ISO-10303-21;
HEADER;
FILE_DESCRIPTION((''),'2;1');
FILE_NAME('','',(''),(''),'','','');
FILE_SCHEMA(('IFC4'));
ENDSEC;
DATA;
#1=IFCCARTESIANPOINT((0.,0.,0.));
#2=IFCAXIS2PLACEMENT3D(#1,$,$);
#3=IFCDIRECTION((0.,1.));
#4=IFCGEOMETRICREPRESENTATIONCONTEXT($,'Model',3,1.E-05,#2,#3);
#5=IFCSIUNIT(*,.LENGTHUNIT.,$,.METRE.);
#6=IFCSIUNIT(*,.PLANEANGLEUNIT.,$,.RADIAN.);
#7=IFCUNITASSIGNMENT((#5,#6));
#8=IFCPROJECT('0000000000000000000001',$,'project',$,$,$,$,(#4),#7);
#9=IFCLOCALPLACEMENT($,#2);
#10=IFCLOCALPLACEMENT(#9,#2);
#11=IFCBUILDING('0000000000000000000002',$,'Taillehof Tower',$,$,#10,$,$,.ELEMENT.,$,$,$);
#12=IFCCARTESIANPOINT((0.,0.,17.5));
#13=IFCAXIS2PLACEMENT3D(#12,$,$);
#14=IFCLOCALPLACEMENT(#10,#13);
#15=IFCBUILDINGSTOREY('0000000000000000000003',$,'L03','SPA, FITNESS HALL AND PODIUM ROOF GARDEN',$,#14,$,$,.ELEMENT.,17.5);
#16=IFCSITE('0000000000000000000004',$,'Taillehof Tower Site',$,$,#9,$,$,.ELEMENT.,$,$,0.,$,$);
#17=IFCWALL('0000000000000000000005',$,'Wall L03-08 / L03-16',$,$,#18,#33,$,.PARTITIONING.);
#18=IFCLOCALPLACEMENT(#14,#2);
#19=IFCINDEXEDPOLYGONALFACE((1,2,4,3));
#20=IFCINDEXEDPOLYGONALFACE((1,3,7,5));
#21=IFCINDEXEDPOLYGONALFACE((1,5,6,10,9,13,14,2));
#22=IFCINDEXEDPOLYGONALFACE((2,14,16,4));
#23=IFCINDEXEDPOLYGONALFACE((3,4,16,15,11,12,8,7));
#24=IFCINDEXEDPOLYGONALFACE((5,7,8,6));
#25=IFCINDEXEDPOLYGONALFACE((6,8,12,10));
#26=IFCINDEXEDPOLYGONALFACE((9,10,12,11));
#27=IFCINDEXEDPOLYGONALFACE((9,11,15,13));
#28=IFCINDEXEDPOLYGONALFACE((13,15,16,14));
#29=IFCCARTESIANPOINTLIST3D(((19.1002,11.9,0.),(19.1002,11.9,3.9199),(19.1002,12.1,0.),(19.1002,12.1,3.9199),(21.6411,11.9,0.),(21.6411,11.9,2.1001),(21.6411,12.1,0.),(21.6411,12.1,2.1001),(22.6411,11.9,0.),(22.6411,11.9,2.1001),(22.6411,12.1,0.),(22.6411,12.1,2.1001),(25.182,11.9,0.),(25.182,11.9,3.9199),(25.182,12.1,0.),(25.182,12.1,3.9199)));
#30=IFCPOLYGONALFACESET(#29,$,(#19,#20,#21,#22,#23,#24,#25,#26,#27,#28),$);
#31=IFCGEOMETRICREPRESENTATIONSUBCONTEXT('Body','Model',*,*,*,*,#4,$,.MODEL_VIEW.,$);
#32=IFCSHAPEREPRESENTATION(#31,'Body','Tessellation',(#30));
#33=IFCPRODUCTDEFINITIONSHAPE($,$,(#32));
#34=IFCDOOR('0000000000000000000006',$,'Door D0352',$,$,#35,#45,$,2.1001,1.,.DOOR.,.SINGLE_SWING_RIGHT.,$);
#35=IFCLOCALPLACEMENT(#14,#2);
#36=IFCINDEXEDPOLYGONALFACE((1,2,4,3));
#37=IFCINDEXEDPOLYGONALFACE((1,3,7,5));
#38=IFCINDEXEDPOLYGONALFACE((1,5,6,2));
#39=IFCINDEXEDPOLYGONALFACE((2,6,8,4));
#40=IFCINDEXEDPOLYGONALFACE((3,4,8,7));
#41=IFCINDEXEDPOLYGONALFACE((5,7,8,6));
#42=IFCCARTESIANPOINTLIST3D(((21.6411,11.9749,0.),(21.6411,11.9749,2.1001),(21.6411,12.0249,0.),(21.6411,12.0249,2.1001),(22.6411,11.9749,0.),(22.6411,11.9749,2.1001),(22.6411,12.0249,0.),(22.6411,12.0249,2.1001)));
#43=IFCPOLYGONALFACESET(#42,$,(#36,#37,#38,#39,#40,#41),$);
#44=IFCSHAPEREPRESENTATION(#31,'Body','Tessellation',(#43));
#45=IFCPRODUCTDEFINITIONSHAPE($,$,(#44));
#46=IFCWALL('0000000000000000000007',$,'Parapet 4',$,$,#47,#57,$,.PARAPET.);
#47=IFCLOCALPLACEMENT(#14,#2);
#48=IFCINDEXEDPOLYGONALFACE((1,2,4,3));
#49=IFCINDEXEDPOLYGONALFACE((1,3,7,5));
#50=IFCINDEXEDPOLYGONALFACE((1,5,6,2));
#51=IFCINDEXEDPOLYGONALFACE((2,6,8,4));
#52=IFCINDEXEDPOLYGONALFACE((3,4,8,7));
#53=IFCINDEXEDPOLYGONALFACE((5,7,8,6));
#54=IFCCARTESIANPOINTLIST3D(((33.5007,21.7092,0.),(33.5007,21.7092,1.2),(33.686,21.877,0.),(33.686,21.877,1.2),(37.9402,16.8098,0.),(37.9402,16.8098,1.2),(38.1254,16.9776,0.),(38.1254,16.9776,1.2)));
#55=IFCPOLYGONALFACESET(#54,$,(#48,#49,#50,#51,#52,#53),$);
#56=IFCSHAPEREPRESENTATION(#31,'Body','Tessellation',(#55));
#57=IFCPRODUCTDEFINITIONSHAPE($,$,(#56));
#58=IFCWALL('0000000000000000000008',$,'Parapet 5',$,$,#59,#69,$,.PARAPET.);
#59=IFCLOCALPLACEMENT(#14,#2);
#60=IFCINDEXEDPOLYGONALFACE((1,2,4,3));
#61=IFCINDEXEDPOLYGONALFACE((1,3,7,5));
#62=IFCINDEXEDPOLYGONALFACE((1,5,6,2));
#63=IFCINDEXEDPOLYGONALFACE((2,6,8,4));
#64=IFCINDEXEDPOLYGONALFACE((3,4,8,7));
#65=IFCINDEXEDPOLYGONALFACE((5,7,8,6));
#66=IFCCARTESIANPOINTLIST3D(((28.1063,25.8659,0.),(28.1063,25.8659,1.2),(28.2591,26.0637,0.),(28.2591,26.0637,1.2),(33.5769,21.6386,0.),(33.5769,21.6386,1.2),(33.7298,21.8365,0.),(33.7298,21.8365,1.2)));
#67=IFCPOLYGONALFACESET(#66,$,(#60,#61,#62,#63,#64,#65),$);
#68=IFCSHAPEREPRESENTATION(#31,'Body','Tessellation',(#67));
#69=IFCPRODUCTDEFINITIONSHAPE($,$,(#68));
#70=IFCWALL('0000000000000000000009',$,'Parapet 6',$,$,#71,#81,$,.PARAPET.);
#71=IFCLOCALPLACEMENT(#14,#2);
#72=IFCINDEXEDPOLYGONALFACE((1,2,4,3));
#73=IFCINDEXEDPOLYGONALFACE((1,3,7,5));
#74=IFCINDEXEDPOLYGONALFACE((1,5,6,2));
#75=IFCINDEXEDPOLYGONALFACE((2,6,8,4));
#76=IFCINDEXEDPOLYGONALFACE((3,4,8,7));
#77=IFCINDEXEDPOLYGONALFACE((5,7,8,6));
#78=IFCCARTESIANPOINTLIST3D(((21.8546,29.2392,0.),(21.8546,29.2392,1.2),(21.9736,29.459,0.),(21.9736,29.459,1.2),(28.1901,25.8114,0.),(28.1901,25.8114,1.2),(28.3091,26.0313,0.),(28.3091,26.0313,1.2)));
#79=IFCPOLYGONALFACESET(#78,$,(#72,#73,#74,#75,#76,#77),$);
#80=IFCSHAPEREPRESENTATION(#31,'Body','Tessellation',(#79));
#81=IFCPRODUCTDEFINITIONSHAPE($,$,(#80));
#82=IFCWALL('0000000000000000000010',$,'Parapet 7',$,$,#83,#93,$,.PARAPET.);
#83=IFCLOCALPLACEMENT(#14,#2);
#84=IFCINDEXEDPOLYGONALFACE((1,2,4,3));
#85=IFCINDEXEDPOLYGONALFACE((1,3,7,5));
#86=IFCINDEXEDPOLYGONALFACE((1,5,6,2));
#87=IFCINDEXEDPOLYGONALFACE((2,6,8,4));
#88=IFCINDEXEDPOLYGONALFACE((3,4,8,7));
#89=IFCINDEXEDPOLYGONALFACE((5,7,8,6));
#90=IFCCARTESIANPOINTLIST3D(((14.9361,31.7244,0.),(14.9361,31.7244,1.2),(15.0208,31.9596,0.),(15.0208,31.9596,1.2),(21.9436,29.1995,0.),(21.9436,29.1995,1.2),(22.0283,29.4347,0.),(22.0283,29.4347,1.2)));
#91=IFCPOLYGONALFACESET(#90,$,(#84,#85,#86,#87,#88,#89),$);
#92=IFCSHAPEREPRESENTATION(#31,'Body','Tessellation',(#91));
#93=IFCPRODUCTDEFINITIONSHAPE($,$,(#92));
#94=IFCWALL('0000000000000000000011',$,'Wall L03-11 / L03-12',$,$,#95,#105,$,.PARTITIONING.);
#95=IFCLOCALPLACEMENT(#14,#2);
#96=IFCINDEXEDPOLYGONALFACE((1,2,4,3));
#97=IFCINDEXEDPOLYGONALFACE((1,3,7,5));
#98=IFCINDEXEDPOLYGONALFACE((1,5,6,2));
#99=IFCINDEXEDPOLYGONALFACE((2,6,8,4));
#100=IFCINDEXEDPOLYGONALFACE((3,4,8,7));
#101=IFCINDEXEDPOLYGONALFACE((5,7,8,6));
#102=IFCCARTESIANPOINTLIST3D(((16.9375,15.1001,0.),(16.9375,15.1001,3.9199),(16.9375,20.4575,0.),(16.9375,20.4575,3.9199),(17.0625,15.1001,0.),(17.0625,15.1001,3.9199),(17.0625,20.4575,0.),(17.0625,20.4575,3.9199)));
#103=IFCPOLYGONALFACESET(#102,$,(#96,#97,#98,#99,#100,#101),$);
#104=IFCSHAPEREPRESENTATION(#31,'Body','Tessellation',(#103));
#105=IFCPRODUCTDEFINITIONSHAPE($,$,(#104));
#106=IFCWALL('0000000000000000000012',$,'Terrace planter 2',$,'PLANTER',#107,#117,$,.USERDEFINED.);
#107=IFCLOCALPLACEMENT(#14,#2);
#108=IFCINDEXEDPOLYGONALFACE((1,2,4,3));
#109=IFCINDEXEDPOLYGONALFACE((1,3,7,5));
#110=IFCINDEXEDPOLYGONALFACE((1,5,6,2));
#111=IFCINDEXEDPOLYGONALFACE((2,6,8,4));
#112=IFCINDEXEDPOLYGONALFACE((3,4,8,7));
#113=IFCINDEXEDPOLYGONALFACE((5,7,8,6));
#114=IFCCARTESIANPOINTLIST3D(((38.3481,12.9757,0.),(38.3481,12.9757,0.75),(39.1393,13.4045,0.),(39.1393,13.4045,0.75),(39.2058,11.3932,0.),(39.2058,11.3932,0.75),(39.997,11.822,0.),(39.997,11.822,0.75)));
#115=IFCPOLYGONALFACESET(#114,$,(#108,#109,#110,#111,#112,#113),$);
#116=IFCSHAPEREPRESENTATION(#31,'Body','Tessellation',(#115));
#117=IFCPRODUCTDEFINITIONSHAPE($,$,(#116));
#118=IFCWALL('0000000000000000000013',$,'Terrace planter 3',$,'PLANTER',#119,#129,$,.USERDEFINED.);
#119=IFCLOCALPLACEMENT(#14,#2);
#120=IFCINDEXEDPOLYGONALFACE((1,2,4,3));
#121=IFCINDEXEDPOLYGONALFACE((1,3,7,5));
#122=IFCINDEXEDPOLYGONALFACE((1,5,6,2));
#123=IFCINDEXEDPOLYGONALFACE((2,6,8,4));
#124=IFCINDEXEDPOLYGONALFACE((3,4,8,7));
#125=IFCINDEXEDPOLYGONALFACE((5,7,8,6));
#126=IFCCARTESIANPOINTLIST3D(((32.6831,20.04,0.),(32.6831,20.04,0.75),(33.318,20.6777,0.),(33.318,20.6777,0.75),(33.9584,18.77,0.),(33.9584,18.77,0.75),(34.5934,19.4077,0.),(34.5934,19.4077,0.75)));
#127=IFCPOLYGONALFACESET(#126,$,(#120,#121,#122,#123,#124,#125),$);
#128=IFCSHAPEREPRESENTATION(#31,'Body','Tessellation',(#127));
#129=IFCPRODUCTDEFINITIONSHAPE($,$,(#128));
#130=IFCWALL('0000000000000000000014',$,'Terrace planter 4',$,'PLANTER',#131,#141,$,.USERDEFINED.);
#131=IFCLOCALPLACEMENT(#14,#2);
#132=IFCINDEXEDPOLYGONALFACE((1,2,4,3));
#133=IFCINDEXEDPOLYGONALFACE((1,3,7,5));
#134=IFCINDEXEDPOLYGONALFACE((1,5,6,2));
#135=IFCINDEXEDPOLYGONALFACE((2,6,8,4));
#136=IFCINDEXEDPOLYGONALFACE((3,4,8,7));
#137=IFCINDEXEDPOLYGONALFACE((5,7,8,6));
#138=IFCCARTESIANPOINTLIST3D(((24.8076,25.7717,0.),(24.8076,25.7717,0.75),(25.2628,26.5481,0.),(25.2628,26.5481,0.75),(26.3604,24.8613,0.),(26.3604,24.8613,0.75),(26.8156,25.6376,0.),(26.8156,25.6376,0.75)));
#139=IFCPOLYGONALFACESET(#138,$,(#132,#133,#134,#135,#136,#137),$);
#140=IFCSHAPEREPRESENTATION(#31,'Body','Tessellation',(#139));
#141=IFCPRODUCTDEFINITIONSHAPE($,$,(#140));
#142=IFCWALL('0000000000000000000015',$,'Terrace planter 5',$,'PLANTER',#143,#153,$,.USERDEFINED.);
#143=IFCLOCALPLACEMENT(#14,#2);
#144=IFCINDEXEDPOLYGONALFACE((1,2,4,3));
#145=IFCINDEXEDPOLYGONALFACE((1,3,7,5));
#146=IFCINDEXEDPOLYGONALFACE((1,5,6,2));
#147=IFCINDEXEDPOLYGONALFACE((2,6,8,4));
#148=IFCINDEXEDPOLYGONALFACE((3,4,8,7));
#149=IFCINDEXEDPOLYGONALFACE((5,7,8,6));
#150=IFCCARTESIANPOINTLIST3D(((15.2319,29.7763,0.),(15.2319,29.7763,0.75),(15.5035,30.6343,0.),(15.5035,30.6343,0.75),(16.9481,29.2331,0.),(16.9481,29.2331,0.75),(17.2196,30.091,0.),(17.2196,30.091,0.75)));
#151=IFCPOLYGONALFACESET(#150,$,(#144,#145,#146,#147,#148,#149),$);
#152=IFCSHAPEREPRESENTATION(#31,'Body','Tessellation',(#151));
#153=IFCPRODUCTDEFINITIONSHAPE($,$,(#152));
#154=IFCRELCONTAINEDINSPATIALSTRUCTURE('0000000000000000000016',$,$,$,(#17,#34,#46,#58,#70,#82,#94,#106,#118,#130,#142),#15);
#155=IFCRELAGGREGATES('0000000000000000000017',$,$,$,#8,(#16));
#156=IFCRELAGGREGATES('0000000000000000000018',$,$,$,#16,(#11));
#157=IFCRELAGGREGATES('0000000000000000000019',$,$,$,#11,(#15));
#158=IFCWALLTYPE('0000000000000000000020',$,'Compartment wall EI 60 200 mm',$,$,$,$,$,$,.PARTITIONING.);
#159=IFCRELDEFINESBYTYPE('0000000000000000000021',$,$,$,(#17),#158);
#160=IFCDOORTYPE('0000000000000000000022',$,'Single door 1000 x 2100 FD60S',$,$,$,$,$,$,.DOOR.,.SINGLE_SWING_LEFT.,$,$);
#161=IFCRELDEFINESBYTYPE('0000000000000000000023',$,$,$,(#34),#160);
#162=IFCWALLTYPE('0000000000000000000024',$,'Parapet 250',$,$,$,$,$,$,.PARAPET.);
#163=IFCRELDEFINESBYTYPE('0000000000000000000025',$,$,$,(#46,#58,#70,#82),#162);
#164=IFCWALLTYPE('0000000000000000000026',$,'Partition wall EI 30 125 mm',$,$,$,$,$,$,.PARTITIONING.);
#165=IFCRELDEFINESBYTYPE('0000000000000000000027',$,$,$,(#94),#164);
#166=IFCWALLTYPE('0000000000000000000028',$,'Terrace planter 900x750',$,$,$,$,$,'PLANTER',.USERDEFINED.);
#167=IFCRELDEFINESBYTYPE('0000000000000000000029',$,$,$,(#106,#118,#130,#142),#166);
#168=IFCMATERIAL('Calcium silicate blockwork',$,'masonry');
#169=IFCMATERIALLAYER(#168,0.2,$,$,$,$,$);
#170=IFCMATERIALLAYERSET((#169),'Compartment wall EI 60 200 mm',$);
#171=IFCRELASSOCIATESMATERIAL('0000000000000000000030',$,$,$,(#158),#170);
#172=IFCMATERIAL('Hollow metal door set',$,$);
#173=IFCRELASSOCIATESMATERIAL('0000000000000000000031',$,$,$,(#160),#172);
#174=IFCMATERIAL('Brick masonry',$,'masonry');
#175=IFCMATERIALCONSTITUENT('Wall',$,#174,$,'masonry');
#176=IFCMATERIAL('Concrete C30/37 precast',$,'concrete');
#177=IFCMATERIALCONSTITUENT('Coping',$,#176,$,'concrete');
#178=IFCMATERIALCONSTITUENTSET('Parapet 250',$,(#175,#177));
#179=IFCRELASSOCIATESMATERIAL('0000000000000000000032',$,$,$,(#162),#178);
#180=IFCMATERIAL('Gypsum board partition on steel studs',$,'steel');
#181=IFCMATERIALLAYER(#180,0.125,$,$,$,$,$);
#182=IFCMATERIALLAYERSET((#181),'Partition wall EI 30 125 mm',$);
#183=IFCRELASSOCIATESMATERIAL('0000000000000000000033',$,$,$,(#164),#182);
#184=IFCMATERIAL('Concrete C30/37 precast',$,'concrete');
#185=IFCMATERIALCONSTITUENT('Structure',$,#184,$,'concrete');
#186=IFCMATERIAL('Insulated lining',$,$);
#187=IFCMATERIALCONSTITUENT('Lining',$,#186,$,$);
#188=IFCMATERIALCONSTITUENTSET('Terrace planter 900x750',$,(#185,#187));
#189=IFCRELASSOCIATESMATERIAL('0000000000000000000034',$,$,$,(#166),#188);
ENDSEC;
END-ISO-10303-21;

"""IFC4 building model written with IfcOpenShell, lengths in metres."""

from ifc_helpers import new_model, si_unit, direction, frame, frame_2d, origin, place, context, subcontext, project, spatial, rectangle, extrude, material, layer, layer_set, constituent, constituent_set, type_object, element, fill, save


model = new_model("IFC4")

# Units and contexts
model_context = context("Model", 3, precision=1e-05, world=origin(), true_north=direction((0.0, 1.0)))
body_context = subcontext(model_context, "Body", "Model", "MODEL_VIEW")
ifc_project = project(units=[si_unit("LENGTHUNIT", "METRE"), si_unit("PLANEANGLEUNIT", "RADIAN")], contexts=[model_context])

# Site, building, storey
site_placement = place(None, origin())
site = spatial("IfcSite", under=ifc_project, at=site_placement, Name="Taillehof Tower Site", CompositionType="ELEMENT", RefElevation=0.0)
building_placement = place(site_placement, origin())
building = spatial("IfcBuilding", under=site, at=building_placement, Name="Taillehof Tower", CompositionType="ELEMENT")
storey_placement = place(building_placement, frame((0.0, 0.0, 17.5)))
storey = spatial("IfcBuildingStorey", under=building, at=storey_placement, Name="L03", Description="SPA, FITNESS HALL AND PODIUM ROOF GARDEN", CompositionType="ELEMENT", Elevation=17.5)

# Wall, opening, door
ifc_material_1 = material(Name="Calcium silicate blockwork", Category="masonry")
ifc_layer_1 = layer(ifc_material_1, 0.2)
ifc_layer_set_1 = layer_set([ifc_layer_1], Name="Compartment wall EI 60 200 mm")
wall_type_1 = type_object("IfcWallType", Name="Compartment wall EI 60 200 mm", PredefinedType="PARTITIONING", material=ifc_layer_set_1)
wall_1_placement = place(storey_placement, frame((19.1001, 12.0, 0.0), z_axis=(0.0, 0.0, 1.0), x_axis=(1.0, 0.0, 0.0)))
wall_1 = element("IfcWall", 1, at=wall_1_placement, inside=storey, type_object=wall_type_1, Name="Wall L03-08 / L03-16", PredefinedType="PARTITIONING", context=body_context, shape_type="SweptSolid", body=[
    extrude(rectangle(XDim=6.0818, YDim=0.2, at=frame_2d((3.041, 0.0))), origin(), (0.0, 0.0, 1.0), 3.9199),
])
opening_1_placement = place(wall_1_placement, frame((2.541, 0.0, 0.0)))
opening_1 = element("IfcOpeningElement", 2, at=opening_1_placement, cuts=wall_1, PredefinedType="OPENING", context=body_context, shape_type="SweptSolid", body=[
    extrude(rectangle(XDim=1.0, YDim=2.1001, at=frame_2d((0.5, 1.05))), frame((0.0, 0.1099, 0.0), z_axis=(0.0, -1.0, 0.0), x_axis=(1.0, 0.0, 0.0)), (0.0, 0.0, 1.0), 0.22),
])
ifc_material_2 = material(Name="Hollow metal door set")
door_type = type_object("IfcDoorType", Name="Single door 1000 x 2100 FD60S", OperationType="SINGLE_SWING_LEFT", PredefinedType="DOOR", material=ifc_material_2)
door_placement = place(opening_1_placement, origin())
door = element("IfcDoor", 3, at=door_placement, inside=storey, type_object=door_type, Name="Door D0352", OperationType="SINGLE_SWING_RIGHT", OverallHeight=2.1001, OverallWidth=1.0, PredefinedType="DOOR", context=body_context, shape_type="SweptSolid", body=[
    extrude(rectangle(XDim=1.0, YDim=2.1001, at=frame_2d((0.5, 1.05))), frame((0.0, 0.0249, 0.0), z_axis=(0.0, -1.0, 0.0), x_axis=(1.0, 0.0, 0.0)), (0.0, 0.0, 1.0), 0.05),
])
fill(opening_1, door)

# Walls
ifc_material_3 = material(Name="Brick masonry", Category="masonry")
ifc_constituent_1 = constituent(ifc_material_3, Name="Wall", Category="masonry")
ifc_material_4 = material(Name="Concrete C30/37 precast", Category="concrete")
ifc_constituent_2 = constituent(ifc_material_4, Name="Coping", Category="concrete")
ifc_constituent_set_1 = constituent_set(constituents=[ifc_constituent_1, ifc_constituent_2], Name="Parapet 250")
wall_type_2 = type_object("IfcWallType", Name="Parapet 250", PredefinedType="PARAPET", material=ifc_constituent_set_1)
wall_2_placement = place(storey_placement, frame((38.0327, 16.8938, 0.0), z_axis=(0.0, 0.0, 1.0), x_axis=(-0.671466, 0.741035, 0.0)))
element("IfcWall", 4, at=wall_2_placement, inside=storey, type_object=wall_type_2, Name="Parapet 4", PredefinedType="PARAPET", context=body_context, shape_type="SweptSolid", body=[
    extrude(rectangle(XDim=6.6116, YDim=0.25, at=frame_2d((3.3057, 0.0))), origin(), (0.0, 0.0, 1.0), 1.2),
])
wall_3_placement = place(storey_placement, frame((33.6533, 21.7375, 0.0), z_axis=(0.0, 0.0, 1.0), x_axis=(-0.79129, 0.611441, 0.0)))
element("IfcWall", 5, at=wall_3_placement, inside=storey, type_object=wall_type_2, Name="Parapet 5", PredefinedType="PARAPET", context=body_context, shape_type="SweptSolid", body=[
    extrude(rectangle(XDim=6.9136, YDim=0.25, at=frame_2d((3.4568, 0.0))), origin(), (0.0, 0.0, 1.0), 1.2),
])
wall_4_placement = place(storey_placement, frame((28.2495, 25.9214, 0.0), z_axis=(0.0, 0.0, 1.0), x_axis=(-0.879523, 0.475857, 0.0)))
element("IfcWall", 6, at=wall_4_placement, inside=storey, type_object=wall_type_2, Name="Parapet 6", PredefinedType="PARAPET", context=body_context, shape_type="SweptSolid", body=[
    extrude(rectangle(XDim=7.2034, YDim=0.25, at=frame_2d((3.6016, 0.0))), origin(), (0.0, 0.0, 1.0), 1.2),
])
wall_5_placement = place(storey_placement, frame((21.9858, 29.3171, 0.0), z_axis=(0.0, 0.0, 1.0), x_axis=(-0.940794, 0.338978, 0.0)))
element("IfcWall", 7, at=wall_5_placement, inside=storey, type_object=wall_type_2, Name="Parapet 7", PredefinedType="PARAPET", context=body_context, shape_type="SweptSolid", body=[
    extrude(rectangle(XDim=7.4485, YDim=0.25, at=frame_2d((3.7241, 0.0))), origin(), (0.0, 0.0, 1.0), 1.2),
])
ifc_material_5 = material(Name="Gypsum board partition on steel studs", Category="steel")
ifc_layer_2 = layer(ifc_material_5, 0.125)
ifc_layer_set_2 = layer_set([ifc_layer_2], Name="Partition wall EI 30 125 mm")
wall_type_3 = type_object("IfcWallType", Name="Partition wall EI 30 125 mm", PredefinedType="PARTITIONING", material=ifc_layer_set_2)
wall_6_placement = place(storey_placement, frame((17.0, 15.1001, 0.0), z_axis=(0.0, 0.0, 1.0), x_axis=(0.0, 1.0, 0.0)))
element("IfcWall", 8, at=wall_6_placement, inside=storey, type_object=wall_type_3, Name="Wall L03-11 / L03-12", PredefinedType="PARTITIONING", context=body_context, shape_type="SweptSolid", body=[
    extrude(rectangle(XDim=5.3574, YDim=0.125, at=frame_2d((2.6787, 0.0))), origin(), (0.0, 0.0, 1.0), 3.9199),
])
ifc_material_6 = material(Name="Concrete C30/37 precast", Category="concrete")
ifc_constituent_3 = constituent(ifc_material_6, Name="Structure", Category="concrete")
ifc_material_7 = material(Name="Insulated lining")
ifc_constituent_4 = constituent(ifc_material_7, Name="Lining")
ifc_constituent_set_2 = constituent_set(constituents=[ifc_constituent_3, ifc_constituent_4], Name="Terrace planter 900x750")
wall_type_4 = type_object("IfcWallType", Name="Terrace planter 900x750", ElementType="PLANTER", PredefinedType="USERDEFINED", material=ifc_constituent_set_2)
wall_7_placement = place(storey_placement, frame((39.6013, 11.6077, 0.0), z_axis=(0.0, 0.0, 1.0), x_axis=(-0.476484, 0.879183, 0.0)))
element("IfcWall", 9, at=wall_7_placement, inside=storey, type_object=wall_type_4, Name="Terrace planter 2", ObjectType="PLANTER", PredefinedType="USERDEFINED", context=body_context, shape_type="SweptSolid", body=[
    extrude(rectangle(XDim=1.8, YDim=0.8999, at=frame_2d((0.8999, 0.0))), origin(), (0.0, 0.0, 1.0), 0.75),
])
wall_8_placement = place(storey_placement, frame((34.2759, 19.0889, 0.0), z_axis=(0.0, 0.0, 1.0), x_axis=(-0.708597, 0.705613, 0.0)))
element("IfcWall", 10, at=wall_8_placement, inside=storey, type_object=wall_type_4, Name="Terrace planter 3", ObjectType="PLANTER", PredefinedType="USERDEFINED", context=body_context, shape_type="SweptSolid", body=[
    extrude(rectangle(XDim=1.7998, YDim=0.8999, at=frame_2d((0.8999, 0.0))), origin(), (0.0, 0.0, 1.0), 0.75),
])
for number, where, z_axis, x_axis, name in (
    (11, (26.5879, 25.2495, 0.0), (0.0, 0.0, 1.0), (-0.862655, 0.505793, 0.0), "Terrace planter 4"),
    (12, (17.0837, 29.6621, 0.0), (0.0, 0.0, 1.0), (-0.953375, 0.301787, 0.0), "Terrace planter 5"),
):
    element("IfcWall", number, at=place(storey_placement, frame(where, z_axis=z_axis, x_axis=x_axis)), inside=storey, type_object=wall_type_4, Name=name, ObjectType="PLANTER", PredefinedType="USERDEFINED", context=body_context, shape_type="SweptSolid", body=[
        extrude(rectangle(XDim=1.8, YDim=0.8999, at=frame_2d((0.8999, 0.0))), origin(), (0.0, 0.0, 1.0), 0.75),
    ])

save(model, "model.ifc")
